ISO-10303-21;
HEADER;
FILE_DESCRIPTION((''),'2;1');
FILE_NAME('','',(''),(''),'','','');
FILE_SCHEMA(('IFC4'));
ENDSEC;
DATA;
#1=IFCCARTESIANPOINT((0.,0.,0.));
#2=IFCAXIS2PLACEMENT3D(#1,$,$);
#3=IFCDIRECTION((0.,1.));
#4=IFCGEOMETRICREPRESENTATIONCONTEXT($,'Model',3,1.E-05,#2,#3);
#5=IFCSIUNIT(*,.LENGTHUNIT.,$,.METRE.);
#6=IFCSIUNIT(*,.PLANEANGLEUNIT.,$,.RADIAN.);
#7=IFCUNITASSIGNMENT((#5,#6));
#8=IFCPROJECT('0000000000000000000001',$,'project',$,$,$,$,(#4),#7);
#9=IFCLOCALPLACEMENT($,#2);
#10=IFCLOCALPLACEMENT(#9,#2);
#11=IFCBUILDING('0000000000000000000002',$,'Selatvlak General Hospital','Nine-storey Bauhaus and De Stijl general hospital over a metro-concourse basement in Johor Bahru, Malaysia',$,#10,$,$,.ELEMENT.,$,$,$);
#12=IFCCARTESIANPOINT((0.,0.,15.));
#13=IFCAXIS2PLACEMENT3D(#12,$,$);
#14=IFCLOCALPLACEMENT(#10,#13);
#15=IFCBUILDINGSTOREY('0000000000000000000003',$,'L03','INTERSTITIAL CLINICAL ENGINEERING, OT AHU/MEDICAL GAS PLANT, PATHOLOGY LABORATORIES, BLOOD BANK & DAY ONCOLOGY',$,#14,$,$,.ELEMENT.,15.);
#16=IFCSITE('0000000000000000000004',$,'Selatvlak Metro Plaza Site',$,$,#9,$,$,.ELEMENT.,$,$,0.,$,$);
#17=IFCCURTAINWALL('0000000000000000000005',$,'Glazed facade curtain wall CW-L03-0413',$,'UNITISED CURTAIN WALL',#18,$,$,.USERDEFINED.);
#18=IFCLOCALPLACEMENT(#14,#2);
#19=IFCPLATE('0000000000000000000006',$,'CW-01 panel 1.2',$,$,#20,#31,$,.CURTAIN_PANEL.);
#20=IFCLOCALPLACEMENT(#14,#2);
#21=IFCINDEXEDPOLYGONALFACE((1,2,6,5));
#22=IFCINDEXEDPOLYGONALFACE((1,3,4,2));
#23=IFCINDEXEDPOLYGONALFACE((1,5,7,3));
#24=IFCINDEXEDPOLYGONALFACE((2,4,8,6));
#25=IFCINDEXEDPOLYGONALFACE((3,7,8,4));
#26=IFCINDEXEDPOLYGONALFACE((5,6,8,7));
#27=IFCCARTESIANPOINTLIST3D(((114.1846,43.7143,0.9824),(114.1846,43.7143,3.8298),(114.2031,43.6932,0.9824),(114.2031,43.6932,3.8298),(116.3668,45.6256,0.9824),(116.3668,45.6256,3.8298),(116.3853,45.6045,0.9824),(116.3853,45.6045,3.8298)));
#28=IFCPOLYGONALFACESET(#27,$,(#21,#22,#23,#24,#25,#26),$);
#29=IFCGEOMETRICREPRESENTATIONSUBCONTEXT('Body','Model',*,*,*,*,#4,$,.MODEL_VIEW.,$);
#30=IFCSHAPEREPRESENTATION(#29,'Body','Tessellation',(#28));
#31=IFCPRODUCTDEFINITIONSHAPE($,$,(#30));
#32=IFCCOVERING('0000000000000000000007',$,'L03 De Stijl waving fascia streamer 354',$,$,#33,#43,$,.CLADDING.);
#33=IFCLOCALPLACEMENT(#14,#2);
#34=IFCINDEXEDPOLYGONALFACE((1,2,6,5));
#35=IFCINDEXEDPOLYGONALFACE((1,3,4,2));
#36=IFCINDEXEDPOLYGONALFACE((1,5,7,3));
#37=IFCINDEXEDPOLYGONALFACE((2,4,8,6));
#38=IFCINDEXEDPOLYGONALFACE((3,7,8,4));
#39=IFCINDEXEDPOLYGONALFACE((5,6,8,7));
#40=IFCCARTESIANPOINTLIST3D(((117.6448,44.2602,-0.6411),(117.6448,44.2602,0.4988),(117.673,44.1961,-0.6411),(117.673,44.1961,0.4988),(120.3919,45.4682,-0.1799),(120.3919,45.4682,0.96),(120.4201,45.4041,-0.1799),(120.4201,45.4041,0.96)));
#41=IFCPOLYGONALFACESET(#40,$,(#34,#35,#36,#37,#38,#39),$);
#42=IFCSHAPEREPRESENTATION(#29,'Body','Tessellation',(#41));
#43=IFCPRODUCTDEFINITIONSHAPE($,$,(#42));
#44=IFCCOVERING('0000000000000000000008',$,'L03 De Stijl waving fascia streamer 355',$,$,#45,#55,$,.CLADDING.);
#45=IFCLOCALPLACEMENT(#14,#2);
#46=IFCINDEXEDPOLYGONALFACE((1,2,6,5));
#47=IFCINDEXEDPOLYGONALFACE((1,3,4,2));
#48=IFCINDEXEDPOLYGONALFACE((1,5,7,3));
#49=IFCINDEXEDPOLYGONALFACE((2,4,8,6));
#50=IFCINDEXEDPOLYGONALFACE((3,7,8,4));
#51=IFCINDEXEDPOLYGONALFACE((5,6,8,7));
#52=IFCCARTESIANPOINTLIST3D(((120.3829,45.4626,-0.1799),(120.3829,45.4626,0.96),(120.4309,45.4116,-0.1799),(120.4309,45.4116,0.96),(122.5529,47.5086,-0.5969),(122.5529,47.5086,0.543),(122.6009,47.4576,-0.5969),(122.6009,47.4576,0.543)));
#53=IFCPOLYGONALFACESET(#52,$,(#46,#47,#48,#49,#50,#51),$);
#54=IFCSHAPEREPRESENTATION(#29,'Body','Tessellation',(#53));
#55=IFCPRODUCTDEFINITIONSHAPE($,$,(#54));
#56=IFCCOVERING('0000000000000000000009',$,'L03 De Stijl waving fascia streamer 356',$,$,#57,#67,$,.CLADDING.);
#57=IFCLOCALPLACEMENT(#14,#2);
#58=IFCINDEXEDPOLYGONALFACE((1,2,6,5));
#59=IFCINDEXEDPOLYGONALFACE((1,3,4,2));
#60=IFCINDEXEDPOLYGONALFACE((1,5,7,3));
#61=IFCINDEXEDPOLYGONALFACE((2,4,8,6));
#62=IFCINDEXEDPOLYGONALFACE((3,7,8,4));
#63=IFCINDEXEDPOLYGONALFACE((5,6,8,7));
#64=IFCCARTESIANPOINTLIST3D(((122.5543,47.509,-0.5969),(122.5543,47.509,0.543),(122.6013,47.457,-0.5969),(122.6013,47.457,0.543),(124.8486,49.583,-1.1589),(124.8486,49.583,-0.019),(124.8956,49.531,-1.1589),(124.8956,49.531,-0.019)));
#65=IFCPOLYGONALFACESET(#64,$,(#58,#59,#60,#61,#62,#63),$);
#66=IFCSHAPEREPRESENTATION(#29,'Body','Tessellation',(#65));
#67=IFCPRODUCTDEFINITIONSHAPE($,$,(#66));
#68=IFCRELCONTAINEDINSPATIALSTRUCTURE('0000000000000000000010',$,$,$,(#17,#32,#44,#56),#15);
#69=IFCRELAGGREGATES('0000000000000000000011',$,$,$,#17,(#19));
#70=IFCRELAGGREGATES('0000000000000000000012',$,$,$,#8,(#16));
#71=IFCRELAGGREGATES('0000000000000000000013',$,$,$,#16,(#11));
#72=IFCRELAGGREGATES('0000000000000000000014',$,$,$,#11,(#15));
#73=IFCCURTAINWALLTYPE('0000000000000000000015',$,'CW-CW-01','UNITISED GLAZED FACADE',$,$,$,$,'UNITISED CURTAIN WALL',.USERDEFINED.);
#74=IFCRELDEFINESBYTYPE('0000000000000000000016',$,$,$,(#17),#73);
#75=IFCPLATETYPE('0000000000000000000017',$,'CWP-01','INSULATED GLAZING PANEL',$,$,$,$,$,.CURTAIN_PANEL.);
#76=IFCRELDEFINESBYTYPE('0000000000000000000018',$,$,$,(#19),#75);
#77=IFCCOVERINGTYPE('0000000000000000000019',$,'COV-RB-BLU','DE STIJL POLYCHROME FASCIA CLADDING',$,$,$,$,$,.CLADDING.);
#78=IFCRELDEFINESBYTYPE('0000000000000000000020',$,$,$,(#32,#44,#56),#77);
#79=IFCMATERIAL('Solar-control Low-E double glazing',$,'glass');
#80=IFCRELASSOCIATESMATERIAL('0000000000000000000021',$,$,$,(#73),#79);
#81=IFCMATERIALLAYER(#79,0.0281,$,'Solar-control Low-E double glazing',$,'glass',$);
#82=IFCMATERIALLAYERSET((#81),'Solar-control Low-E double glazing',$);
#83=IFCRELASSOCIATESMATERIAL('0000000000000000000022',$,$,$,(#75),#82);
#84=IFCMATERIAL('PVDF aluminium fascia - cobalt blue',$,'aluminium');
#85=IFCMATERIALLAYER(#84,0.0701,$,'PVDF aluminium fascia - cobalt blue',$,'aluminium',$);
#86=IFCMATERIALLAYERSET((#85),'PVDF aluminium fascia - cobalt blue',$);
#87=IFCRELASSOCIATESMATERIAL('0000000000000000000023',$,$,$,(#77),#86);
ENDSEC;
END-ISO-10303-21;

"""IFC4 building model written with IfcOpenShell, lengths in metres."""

from ifc_helpers import new_model, si_unit, direction, frame, origin, origin_2d, place, context, subcontext, project, spatial, polyline, rectangle, outline, extrude, material, layer, layer_set, type_object, element, aggregate, save


model = new_model("IFC4")

# Units and contexts
model_context = context("Model", 3, precision=1e-05, world=origin(), true_north=direction((0.0, 1.0)))
body_context = subcontext(model_context, "Body", "Model", "MODEL_VIEW")
ifc_project = project(units=[si_unit("LENGTHUNIT", "METRE"), si_unit("PLANEANGLEUNIT", "RADIAN")], contexts=[model_context])

# Site, building, storey
site_placement = place(None, origin())
site = spatial("IfcSite", under=ifc_project, at=site_placement, Name="Selatvlak Metro Plaza Site", CompositionType="ELEMENT", RefElevation=0.0)
building_placement = place(site_placement, origin())
building = spatial("IfcBuilding", under=site, at=building_placement, Name="Selatvlak General Hospital", Description="Nine-storey Bauhaus and De Stijl general hospital over a metro-concourse basement in Johor Bahru, Malaysia", CompositionType="ELEMENT")
storey_placement = place(building_placement, frame((0.0, 0.0, 15.0)))
storey = spatial("IfcBuildingStorey", under=building, at=storey_placement, Name="L03", Description="INTERSTITIAL CLINICAL ENGINEERING, OT AHU/MEDICAL GAS PLANT, PATHOLOGY LABORATORIES, BLOOD BANK & DAY ONCOLOGY", CompositionType="ELEMENT", Elevation=15.0)

# Shared definitions
ifc_material_1 = material(Name="Solar-control Low-E double glazing", Category="glass")

# Shared definitions
curtain_wall_type_1 = type_object("IfcCurtainWallType", Name="CW-CW-01", Description="UNITISED GLAZED FACADE", ElementType="UNITISED CURTAIN WALL", PredefinedType="USERDEFINED", material=ifc_material_1)

# Curtain wall
curtain_wall_1_placement = place(storey_placement, origin())
curtain_wall_1 = element("IfcCurtainWall", 1, at=curtain_wall_1_placement, inside=storey, type_object=curtain_wall_type_1, Name="Glazed facade curtain wall CW-L03-0413", ObjectType="UNITISED CURTAIN WALL", PredefinedType="USERDEFINED")

# Plate
ifc_layer_1 = layer(ifc_material_1, 0.0281, Name="Solar-control Low-E double glazing", Category="glass")
ifc_layer_set_1 = layer_set([ifc_layer_1], Name="Solar-control Low-E double glazing")
plate_type = type_object("IfcPlateType", Name="CWP-01", Description="INSULATED GLAZING PANEL", PredefinedType="CURTAIN_PANEL", material=ifc_layer_set_1)
plate_1_placement = place(storey_placement, frame((115.2849, 44.6594, 0.9824), z_axis=(0.0, 0.0, 1.0), x_axis=(-0.75225, -0.658878, 0.0)))
plate_1 = element("IfcPlate", 2, at=plate_1_placement, type_object=plate_type, Name="CW-01 panel 1.2", PredefinedType="CURTAIN_PANEL", context=body_context, shape_type="SweptSolid", body=[
    extrude(rectangle(XDim=2.9009, YDim=0.0281, at=origin_2d()), origin(), (0.0, 0.0, 1.0), 2.8474),
])
aggregate(curtain_wall_1, [plate_1])

# Coverings
ifc_material_2 = material(Name="PVDF aluminium fascia - cobalt blue", Category="aluminium")
ifc_layer_2 = layer(ifc_material_2, 0.0701, Name="PVDF aluminium fascia - cobalt blue", Category="aluminium")
ifc_layer_set_2 = layer_set([ifc_layer_2], Name="PVDF aluminium fascia - cobalt blue")
covering_type = type_object("IfcCoveringType", Name="COV-RB-BLU", Description="DE STIJL POLYCHROME FASCIA CLADDING", PredefinedType="CLADDING", material=ifc_layer_set_2)
covering_1_placement = place(storey_placement, frame((117.6589, 44.228, -0.6411), z_axis=(0.0, 0.0, 1.0), x_axis=(0.915401, 0.402542, 0.0)))
element("IfcCovering", 3, at=covering_1_placement, inside=storey, type_object=covering_type, Name="L03 De Stijl waving fascia streamer 354", PredefinedType="CLADDING", context=body_context, shape_type="SweptSolid", body=[
    extrude(outline(polyline([(0.0, 0.0), (3.001, 0.4612), (3.001, 1.6011), (0.0, 1.1399), (0.0, 0.0)])), frame((0.0, 0.0352, 0.0), z_axis=(0.0, -1.0, 0.0), x_axis=(1.0, 0.0, 0.0)), (0.0, 0.0, 1.0), 0.0701),
])
covering_2_placement = place(storey_placement, frame((120.407, 45.437, -0.1799), z_axis=(0.0, 0.0, 1.0), x_axis=(0.727594, 0.686008, 0.0)))
element("IfcCovering", 4, at=covering_2_placement, inside=storey, type_object=covering_type, Name="L03 De Stijl waving fascia streamer 355", PredefinedType="CLADDING", context=body_context, shape_type="SweptSolid", body=[
    extrude(outline(polyline([(0.0, 0.0), (2.9824, -0.417), (2.9824, 0.7229), (0.0, 1.1399), (0.0, 0.0)])), frame((0.0, 0.0352, 0.0), z_axis=(0.0, -1.0, 0.0), x_axis=(1.0, 0.0, 0.0)), (0.0, 0.0, 1.0), 0.0701),
])
covering_3_placement = place(storey_placement, frame((122.5779, 47.4829, -0.5969), z_axis=(0.0, 0.0, 1.0), x_axis=(0.741813, 0.670607, 0.0)))
element("IfcCovering", 5, at=covering_3_placement, inside=storey, type_object=covering_type, Name="L03 De Stijl waving fascia streamer 356", PredefinedType="CLADDING", context=body_context, shape_type="SweptSolid", body=[
    extrude(outline(polyline([(0.0, 0.0), (3.0928, -0.562), (3.0928, 0.5779), (0.0, 1.1399), (0.0, 0.0)])), frame((0.0, 0.0352, 0.0), z_axis=(0.0, -1.0, 0.0), x_axis=(1.0, 0.0, 0.0)), (0.0, 0.0, 1.0), 0.0701),
])

save(model, "model.ifc")
